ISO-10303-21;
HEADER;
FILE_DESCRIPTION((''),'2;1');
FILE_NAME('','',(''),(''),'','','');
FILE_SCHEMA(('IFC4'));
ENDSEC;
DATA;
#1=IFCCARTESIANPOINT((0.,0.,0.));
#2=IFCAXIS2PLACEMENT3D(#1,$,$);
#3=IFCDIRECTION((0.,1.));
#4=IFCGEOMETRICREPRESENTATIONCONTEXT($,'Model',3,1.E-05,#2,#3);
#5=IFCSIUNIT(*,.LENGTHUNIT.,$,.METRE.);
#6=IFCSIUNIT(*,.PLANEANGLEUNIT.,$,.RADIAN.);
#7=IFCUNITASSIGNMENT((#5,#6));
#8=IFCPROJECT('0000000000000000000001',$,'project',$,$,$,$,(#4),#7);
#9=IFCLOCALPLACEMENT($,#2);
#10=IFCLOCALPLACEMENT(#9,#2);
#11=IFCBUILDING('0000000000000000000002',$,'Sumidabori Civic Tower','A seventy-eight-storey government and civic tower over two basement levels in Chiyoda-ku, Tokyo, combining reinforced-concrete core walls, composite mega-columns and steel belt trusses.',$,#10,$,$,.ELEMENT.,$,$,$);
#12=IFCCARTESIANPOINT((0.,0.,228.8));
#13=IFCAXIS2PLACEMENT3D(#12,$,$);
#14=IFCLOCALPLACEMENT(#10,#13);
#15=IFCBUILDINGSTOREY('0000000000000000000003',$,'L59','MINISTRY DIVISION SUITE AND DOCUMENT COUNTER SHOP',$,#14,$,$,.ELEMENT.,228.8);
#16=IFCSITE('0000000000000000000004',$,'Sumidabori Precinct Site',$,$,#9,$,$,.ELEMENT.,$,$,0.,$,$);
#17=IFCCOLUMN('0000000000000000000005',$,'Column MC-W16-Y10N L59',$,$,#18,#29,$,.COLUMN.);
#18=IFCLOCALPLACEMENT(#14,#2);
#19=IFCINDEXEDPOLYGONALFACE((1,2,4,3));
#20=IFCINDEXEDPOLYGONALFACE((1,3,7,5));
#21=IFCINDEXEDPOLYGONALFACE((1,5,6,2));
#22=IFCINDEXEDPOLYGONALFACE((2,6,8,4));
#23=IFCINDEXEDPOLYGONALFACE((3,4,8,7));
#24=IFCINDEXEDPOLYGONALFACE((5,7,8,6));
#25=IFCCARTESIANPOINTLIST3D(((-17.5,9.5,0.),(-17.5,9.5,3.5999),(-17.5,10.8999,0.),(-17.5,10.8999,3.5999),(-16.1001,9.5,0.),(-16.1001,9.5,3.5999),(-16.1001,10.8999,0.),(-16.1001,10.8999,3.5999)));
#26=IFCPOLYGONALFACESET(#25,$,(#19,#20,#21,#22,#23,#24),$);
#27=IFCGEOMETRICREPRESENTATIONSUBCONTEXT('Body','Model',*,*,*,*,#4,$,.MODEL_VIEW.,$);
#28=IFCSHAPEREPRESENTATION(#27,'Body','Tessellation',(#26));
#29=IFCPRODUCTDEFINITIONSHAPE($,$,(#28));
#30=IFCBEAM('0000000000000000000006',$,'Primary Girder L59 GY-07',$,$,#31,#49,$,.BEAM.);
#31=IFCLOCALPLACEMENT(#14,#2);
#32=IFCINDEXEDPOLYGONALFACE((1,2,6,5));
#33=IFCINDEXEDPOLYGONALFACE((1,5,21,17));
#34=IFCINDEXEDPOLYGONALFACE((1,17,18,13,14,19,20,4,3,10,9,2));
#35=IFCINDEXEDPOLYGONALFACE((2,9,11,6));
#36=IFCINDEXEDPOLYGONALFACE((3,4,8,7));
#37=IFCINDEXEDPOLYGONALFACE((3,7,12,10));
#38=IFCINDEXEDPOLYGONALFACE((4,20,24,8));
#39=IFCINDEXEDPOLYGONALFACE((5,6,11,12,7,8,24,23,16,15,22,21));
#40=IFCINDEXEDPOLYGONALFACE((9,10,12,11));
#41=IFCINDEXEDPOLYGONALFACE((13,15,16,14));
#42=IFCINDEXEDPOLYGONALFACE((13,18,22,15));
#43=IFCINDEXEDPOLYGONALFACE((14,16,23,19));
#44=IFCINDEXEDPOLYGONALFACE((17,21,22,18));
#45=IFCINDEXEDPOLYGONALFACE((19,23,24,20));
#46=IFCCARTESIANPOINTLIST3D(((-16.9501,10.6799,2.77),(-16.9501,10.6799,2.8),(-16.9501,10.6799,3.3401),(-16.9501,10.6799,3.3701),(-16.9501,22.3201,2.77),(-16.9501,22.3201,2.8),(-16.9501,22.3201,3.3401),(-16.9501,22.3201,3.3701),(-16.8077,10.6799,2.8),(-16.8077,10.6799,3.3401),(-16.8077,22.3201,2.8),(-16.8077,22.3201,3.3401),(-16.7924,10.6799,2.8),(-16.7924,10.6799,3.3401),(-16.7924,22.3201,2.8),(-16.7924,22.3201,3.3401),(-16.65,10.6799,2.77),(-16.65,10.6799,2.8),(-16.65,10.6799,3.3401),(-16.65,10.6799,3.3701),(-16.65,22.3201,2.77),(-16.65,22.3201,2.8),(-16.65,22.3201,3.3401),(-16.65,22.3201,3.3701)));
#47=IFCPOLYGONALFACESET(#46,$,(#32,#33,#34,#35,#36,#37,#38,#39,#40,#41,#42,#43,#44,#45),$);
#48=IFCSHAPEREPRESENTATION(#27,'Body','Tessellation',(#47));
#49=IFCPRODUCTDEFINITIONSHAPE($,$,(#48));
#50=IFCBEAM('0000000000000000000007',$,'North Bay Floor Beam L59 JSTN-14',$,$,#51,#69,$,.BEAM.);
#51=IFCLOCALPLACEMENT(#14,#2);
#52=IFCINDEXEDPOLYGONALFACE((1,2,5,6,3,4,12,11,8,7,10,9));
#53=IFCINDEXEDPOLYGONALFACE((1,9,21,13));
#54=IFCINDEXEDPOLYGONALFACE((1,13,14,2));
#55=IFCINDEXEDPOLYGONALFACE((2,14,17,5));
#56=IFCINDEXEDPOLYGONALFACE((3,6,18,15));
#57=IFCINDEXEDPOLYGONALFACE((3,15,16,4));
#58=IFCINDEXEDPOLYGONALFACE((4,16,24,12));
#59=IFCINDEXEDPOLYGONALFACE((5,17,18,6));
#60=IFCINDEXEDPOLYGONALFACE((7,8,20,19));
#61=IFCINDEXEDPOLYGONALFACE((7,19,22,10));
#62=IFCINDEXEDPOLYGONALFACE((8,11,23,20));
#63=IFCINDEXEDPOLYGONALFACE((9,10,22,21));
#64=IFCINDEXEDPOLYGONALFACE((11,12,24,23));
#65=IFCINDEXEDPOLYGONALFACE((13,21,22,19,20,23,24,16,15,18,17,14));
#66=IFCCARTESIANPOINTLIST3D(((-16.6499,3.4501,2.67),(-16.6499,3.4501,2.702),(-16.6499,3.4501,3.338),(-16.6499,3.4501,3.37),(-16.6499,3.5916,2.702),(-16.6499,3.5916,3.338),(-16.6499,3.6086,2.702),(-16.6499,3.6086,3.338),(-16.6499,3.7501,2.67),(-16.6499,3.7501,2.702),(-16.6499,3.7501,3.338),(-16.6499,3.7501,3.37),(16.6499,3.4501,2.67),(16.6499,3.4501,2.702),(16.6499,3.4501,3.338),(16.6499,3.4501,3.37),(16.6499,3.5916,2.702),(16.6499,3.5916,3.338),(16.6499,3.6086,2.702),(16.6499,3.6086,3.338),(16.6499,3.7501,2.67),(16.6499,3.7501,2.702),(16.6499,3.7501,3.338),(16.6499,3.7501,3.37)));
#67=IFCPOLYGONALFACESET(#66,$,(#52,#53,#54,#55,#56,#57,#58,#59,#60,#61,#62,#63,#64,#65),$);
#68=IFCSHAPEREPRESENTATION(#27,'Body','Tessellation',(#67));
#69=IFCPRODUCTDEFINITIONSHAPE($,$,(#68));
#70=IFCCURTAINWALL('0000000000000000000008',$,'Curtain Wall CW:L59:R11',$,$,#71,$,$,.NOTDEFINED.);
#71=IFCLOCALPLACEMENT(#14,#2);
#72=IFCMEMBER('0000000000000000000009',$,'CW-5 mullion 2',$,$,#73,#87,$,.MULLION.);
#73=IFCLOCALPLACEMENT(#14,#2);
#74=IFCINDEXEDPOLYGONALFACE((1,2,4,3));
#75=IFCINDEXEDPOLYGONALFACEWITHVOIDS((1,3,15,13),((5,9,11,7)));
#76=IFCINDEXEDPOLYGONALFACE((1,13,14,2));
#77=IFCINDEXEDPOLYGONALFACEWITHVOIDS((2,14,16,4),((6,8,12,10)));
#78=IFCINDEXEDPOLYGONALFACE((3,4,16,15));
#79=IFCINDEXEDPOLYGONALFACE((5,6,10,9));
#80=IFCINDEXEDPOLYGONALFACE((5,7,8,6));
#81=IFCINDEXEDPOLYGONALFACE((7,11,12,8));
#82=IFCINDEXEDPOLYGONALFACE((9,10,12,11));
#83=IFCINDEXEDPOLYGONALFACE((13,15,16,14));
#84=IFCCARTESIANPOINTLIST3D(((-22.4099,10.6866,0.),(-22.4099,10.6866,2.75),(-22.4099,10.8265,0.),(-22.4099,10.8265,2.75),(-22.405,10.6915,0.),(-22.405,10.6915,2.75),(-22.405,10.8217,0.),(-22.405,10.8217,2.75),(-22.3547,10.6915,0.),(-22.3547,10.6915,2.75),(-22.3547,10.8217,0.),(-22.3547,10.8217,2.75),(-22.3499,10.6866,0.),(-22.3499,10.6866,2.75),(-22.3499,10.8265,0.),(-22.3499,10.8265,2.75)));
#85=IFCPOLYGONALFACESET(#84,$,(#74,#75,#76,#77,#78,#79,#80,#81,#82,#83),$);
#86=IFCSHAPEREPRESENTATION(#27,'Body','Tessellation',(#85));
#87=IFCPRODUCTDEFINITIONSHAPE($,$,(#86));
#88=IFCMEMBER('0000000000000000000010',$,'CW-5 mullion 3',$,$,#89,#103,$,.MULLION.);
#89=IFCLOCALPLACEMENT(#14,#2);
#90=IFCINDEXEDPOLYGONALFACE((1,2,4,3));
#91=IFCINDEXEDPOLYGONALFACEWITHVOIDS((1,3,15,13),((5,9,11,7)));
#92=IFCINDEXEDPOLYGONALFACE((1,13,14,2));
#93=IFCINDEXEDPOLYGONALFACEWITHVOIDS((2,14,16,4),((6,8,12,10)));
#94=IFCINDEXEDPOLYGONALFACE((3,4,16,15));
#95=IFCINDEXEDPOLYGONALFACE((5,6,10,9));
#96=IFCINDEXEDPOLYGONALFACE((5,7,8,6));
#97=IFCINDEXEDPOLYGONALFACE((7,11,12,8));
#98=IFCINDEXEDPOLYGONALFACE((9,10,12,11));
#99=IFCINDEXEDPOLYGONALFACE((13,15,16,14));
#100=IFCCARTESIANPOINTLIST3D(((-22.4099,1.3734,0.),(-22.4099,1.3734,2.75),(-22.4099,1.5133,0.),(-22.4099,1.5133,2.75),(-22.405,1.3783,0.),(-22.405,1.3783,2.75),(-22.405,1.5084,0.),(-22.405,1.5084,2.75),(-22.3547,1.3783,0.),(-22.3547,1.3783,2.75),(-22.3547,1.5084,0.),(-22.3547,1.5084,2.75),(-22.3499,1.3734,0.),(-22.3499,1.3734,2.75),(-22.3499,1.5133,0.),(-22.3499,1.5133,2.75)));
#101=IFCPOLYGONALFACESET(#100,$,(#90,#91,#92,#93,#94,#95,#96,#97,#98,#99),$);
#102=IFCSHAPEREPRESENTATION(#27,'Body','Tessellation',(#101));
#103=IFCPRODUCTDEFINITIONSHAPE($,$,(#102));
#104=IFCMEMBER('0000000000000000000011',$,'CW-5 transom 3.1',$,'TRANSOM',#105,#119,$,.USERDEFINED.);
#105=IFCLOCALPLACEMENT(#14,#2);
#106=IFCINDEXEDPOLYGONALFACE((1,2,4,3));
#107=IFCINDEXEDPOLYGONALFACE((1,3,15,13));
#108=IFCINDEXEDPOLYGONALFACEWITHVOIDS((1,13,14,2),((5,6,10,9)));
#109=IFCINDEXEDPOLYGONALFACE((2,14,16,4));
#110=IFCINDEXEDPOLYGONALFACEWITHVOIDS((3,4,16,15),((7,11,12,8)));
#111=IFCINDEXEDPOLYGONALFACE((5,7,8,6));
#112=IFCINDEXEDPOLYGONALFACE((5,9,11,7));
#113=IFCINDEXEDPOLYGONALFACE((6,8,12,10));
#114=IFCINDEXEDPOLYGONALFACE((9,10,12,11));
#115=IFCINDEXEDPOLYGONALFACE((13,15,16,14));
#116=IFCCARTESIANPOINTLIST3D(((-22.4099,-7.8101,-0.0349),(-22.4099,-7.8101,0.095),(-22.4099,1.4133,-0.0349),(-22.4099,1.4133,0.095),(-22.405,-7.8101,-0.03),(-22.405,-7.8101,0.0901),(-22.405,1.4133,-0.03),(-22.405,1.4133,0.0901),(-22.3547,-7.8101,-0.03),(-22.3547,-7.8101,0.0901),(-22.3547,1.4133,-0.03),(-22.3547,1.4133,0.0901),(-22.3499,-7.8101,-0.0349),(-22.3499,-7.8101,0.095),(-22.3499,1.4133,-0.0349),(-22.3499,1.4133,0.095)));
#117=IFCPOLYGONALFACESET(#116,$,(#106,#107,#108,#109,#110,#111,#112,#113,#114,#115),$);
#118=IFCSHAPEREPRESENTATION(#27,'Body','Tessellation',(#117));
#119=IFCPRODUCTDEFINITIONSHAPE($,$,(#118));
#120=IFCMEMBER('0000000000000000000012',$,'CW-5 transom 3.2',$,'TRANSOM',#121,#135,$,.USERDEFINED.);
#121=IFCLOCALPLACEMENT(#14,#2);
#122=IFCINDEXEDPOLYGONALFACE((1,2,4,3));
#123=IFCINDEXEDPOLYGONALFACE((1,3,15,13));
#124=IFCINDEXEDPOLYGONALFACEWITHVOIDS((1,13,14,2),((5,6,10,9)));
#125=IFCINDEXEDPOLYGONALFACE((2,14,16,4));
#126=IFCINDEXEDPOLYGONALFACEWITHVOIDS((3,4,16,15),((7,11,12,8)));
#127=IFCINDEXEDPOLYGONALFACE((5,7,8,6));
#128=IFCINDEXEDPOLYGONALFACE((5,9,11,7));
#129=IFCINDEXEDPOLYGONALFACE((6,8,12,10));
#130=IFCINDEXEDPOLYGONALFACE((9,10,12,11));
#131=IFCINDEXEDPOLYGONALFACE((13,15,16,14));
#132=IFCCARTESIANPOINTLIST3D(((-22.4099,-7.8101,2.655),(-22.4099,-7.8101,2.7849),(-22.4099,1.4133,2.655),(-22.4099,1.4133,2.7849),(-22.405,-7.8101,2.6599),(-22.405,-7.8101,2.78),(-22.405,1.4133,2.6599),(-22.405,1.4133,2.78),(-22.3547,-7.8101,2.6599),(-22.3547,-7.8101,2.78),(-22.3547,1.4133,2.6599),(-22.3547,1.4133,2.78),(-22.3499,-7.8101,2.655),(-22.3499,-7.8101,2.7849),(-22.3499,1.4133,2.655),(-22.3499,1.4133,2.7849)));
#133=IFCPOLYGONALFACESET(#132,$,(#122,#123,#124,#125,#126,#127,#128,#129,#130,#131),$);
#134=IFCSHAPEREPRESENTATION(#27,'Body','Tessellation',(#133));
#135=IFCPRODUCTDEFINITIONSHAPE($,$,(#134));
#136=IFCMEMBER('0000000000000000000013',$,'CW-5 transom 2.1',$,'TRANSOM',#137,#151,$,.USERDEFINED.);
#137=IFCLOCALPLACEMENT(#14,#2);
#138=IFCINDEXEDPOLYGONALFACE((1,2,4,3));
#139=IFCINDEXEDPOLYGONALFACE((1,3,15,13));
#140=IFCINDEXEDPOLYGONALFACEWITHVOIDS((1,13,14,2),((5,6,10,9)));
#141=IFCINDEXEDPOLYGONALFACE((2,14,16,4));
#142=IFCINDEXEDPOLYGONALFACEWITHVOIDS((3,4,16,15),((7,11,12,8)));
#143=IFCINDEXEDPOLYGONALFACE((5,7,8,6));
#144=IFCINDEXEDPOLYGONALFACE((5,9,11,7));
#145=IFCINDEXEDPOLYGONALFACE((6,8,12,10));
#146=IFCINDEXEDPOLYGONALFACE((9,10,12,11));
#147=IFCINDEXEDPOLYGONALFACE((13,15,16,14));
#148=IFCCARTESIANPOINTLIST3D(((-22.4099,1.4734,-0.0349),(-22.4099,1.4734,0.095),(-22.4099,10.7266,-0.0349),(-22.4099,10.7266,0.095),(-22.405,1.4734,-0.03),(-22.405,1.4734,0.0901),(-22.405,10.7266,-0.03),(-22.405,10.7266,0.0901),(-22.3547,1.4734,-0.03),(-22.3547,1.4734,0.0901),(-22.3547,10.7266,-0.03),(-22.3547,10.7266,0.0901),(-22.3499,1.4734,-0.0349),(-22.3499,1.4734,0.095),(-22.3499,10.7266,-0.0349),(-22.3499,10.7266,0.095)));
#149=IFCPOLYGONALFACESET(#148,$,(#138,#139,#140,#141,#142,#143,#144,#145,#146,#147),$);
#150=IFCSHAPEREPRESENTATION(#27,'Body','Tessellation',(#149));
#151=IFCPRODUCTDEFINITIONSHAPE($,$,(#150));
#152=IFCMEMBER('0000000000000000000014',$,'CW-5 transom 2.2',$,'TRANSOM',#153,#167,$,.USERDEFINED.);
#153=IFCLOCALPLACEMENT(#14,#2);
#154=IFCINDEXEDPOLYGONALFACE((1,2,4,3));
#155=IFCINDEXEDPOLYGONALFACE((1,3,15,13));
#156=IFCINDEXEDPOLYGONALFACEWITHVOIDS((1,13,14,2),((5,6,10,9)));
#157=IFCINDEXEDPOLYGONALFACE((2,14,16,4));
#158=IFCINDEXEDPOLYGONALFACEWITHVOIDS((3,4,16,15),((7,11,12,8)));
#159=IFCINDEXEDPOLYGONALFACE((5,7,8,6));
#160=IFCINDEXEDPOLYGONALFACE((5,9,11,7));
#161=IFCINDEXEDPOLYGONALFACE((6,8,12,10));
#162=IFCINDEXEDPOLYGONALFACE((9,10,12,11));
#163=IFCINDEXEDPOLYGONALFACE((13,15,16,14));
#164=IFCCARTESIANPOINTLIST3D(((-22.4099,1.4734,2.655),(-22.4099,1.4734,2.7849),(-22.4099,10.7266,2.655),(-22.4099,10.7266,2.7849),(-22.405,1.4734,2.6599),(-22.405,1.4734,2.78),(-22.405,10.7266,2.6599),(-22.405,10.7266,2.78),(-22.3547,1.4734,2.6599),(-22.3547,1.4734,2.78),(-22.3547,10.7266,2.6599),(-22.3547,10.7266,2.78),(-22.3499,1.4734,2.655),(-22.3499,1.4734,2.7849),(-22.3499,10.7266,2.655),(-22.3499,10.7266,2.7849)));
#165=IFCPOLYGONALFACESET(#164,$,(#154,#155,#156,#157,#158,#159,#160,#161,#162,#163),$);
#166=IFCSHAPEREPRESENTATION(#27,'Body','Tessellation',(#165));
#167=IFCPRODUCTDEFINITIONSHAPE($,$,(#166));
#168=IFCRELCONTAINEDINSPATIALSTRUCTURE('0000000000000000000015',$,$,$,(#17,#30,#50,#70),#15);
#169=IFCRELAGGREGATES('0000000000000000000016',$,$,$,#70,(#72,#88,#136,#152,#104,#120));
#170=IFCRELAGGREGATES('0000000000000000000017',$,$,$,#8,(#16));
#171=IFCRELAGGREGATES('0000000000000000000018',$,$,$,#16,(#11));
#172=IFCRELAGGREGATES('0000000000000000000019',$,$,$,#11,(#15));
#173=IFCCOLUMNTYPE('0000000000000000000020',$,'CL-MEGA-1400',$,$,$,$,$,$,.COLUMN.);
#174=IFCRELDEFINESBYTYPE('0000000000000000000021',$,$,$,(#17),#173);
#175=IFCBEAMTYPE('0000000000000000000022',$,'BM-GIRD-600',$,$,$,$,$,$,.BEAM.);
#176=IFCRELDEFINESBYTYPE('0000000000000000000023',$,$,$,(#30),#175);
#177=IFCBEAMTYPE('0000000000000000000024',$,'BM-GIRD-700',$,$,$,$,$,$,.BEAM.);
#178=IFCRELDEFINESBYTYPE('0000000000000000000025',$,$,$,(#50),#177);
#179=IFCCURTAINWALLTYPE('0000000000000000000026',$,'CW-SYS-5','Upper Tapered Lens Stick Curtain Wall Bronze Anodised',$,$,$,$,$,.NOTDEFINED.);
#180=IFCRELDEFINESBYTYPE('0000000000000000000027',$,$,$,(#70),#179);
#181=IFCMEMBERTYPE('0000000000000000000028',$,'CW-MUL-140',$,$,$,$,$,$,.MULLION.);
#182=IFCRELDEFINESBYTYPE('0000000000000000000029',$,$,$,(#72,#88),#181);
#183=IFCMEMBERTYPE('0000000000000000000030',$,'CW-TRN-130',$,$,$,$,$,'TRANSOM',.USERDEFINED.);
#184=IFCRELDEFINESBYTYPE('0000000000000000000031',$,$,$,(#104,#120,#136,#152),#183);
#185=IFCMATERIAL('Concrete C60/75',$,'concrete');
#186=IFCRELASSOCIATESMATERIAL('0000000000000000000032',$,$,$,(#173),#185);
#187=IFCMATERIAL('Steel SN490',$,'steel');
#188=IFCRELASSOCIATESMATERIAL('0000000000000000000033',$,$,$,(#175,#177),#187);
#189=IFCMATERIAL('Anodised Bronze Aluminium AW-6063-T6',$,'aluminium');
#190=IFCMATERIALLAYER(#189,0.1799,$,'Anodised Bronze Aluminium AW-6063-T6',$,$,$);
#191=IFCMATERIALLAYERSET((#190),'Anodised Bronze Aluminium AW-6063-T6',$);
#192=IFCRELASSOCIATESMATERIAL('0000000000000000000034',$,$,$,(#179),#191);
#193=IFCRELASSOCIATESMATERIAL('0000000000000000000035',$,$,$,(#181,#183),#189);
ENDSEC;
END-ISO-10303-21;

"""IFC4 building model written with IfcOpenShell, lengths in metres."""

from ifc_helpers import new_model, si_unit, direction, frame, origin, origin_2d, place, context, subcontext, project, spatial, rectangle, hollow_rectangle, i_section, extrude, source, transform, mapped, material, layer, layer_set, material_profile, profile_set, type_object, element, aggregate, save


model = new_model("IFC4")

# Units and contexts
model_context = context("Model", 3, precision=1e-05, world=origin(), true_north=direction((0.0, 1.0)))
body_context = subcontext(model_context, "Body", "Model", "MODEL_VIEW")
ifc_project = project(units=[si_unit("LENGTHUNIT", "METRE"), si_unit("PLANEANGLEUNIT", "RADIAN")], contexts=[model_context])

# Site, building, storey
site_placement = place(None, origin())
site = spatial("IfcSite", under=ifc_project, at=site_placement, Name="Sumidabori Precinct Site", CompositionType="ELEMENT", RefElevation=0.0)
building_placement = place(site_placement, origin())
building = spatial("IfcBuilding", under=site, at=building_placement, Name="Sumidabori Civic Tower", Description="A seventy-eight-storey government and civic tower over two basement levels in Chiyoda-ku, Tokyo, combining reinforced-concrete core walls, composite mega-columns and steel belt trusses.", CompositionType="ELEMENT")
storey_placement = place(building_placement, frame((0.0, 0.0, 228.8)))
storey = spatial("IfcBuildingStorey", under=building, at=storey_placement, Name="L59", Description="MINISTRY DIVISION SUITE AND DOCUMENT COUNTER SHOP", CompositionType="ELEMENT", Elevation=228.8)

# Column
ifc_material_1 = material(Name="Concrete C60/75", Category="concrete")
ifc_material_profile_1 = material_profile(ifc_material_1, rectangle(XDim=1.3999, YDim=1.3999, at=origin_2d()), Name="RC 1400x1400")
ifc_profile_set_1 = profile_set([ifc_material_profile_1], Name="Concrete C60/75")
column_type = type_object("IfcColumnType", Name="CL-MEGA-1400", PredefinedType="COLUMN", material=ifc_profile_set_1)
shared_shape_1 = source(origin(), body_context, "Body", "SweptSolid", [
    extrude(rectangle(XDim=1.3999, YDim=1.3999, at=origin_2d()), origin(), (0.0, 0.0, 1.0), 3.5999),
])
column_placement = place(storey_placement, frame((-16.8, 10.2, 0.0), z_axis=(0.0, 0.0, 1.0), x_axis=(1.0, 0.0, 0.0)))
element("IfcColumn", 1, at=column_placement, inside=storey, type_object=column_type, Name="Column MC-W16-Y10N L59", PredefinedType="COLUMN", context=body_context, shape_type="MappedRepresentation", body=[
    mapped(shared_shape_1, transform((0.0, 0.0, 0.0), x_axis=(1.0, 0.0, 0.0), y_axis=(0.0, 1.0, 0.0), z_axis=(0.0, 0.0, 1.0), scale=1.0)),
])

# Beams
ifc_material_2 = material(Name="Steel SN490", Category="steel")
ifc_material_profile_2 = material_profile(ifc_material_2, i_section(OverallWidth=0.3, OverallDepth=0.6001, WebThickness=0.0154, FlangeThickness=0.03, at=origin_2d()), Name="HE 600 B")
ifc_profile_set_2 = profile_set([ifc_material_profile_2], Name="Steel SN490")
beam_type_1 = type_object("IfcBeamType", Name="BM-GIRD-600", PredefinedType="BEAM", material=ifc_profile_set_2)
shared_shape_2 = source(origin(), body_context, "Body", "SweptSolid", [
    extrude(i_section(OverallWidth=0.3, OverallDepth=0.6001, WebThickness=0.0154, FlangeThickness=0.03, at=origin_2d()), origin(), (0.0, 0.0, 1.0), 11.6401),
])
beam_1_placement = place(storey_placement, frame((-16.8, 10.6799, 3.0701), z_axis=(0.0, 1.0, 0.0), x_axis=(-1.0, 0.0, 0.0)))
element("IfcBeam", 2, at=beam_1_placement, inside=storey, type_object=beam_type_1, Name="Primary Girder L59 GY-07", PredefinedType="BEAM", context=body_context, shape_type="MappedRepresentation", body=[
    mapped(shared_shape_2, transform((0.0, 0.0, 0.0), x_axis=(1.0, 0.0, 0.0), y_axis=(0.0, 1.0, 0.0), z_axis=(0.0, 0.0, 1.0), scale=1.0)),
])
ifc_material_profile_3 = material_profile(ifc_material_2, i_section(OverallWidth=0.3, OverallDepth=0.7, WebThickness=0.0171, FlangeThickness=0.032, at=origin_2d()), Name="HE 700 B")
ifc_profile_set_3 = profile_set([ifc_material_profile_3], Name="Steel SN490")
beam_type_2 = type_object("IfcBeamType", Name="BM-GIRD-700", PredefinedType="BEAM", material=ifc_profile_set_3)
shared_shape_3 = source(origin(), body_context, "Body", "SweptSolid", [
    extrude(i_section(OverallWidth=0.3, OverallDepth=0.7, WebThickness=0.0171, FlangeThickness=0.032, at=origin_2d()), origin(), (0.0, 0.0, 1.0), 33.2998),
])
beam_2_placement = place(storey_placement, frame((-16.6499, 3.6001, 3.02), z_axis=(1.0, 0.0, 0.0), x_axis=(0.0, 1.0, 0.0)))
element("IfcBeam", 3, at=beam_2_placement, inside=storey, type_object=beam_type_2, Name="North Bay Floor Beam L59 JSTN-14", PredefinedType="BEAM", context=body_context, shape_type="MappedRepresentation", body=[
    mapped(shared_shape_3, transform((0.0, 0.0, 0.0), x_axis=(1.0, 0.0, 0.0), y_axis=(0.0, 1.0, 0.0), z_axis=(0.0, 0.0, 1.0), scale=1.0)),
])

# Curtain wall, members
ifc_material_3 = material(Name="Anodised Bronze Aluminium AW-6063-T6", Category="aluminium")
ifc_layer_1 = layer(ifc_material_3, 0.1799, Name="Anodised Bronze Aluminium AW-6063-T6")
ifc_layer_set_1 = layer_set([ifc_layer_1], Name="Anodised Bronze Aluminium AW-6063-T6")
curtain_wall_type = type_object("IfcCurtainWallType", Name="CW-SYS-5", Description="Upper Tapered Lens Stick Curtain Wall Bronze Anodised", PredefinedType="NOTDEFINED", material=ifc_layer_set_1)
curtain_wall_placement = place(storey_placement, origin())
curtain_wall = element("IfcCurtainWall", 4, at=curtain_wall_placement, inside=storey, type_object=curtain_wall_type, Name="Curtain Wall CW:L59:R11", PredefinedType="NOTDEFINED")
ifc_material_profile_4 = material_profile(ifc_material_3, hollow_rectangle(XDim=0.0601, YDim=0.1399, WallThickness=0.0049, at=origin_2d()), Name="ALU MULLION 140x60")
ifc_profile_set_4 = profile_set([ifc_material_profile_4], Name="Anodised Bronze Aluminium AW-6063-T6")
member_type_1 = type_object("IfcMemberType", Name="CW-MUL-140", PredefinedType="MULLION", material=ifc_profile_set_4)
shared_shape_4 = source(origin(), body_context, "Body", "SweptSolid", [
    extrude(hollow_rectangle(XDim=0.0601, YDim=0.1399, WallThickness=0.0049, at=origin_2d()), origin(), (0.0, 0.0, 1.0), 2.75),
])
member_1_placement = place(storey_placement, frame((-22.3799, 10.7566, 0.0), z_axis=(0.0, 0.0, 1.0), x_axis=(1.0, 0.0, 0.0)))
member_1 = element("IfcMember", 5, at=member_1_placement, type_object=member_type_1, Name="CW-5 mullion 2", PredefinedType="MULLION", context=body_context, shape_type="MappedRepresentation", body=[
    mapped(shared_shape_4, transform((0.0, 0.0, 0.0), x_axis=(1.0, 0.0, 0.0), y_axis=(0.0, 1.0, 0.0), z_axis=(0.0, 0.0, 1.0), scale=1.0)),
])
member_2_placement = place(storey_placement, frame((-22.3799, 1.4434, 0.0), z_axis=(0.0, 0.0, 1.0), x_axis=(1.0, 0.0, 0.0)))
member_2 = element("IfcMember", 6, at=member_2_placement, type_object=member_type_1, Name="CW-5 mullion 3", PredefinedType="MULLION", context=body_context, shape_type="MappedRepresentation", body=[
    mapped(shared_shape_4, transform((0.0, 0.0, 0.0), x_axis=(1.0, 0.0, 0.0), y_axis=(0.0, 1.0, 0.0), z_axis=(0.0, 0.0, 1.0), scale=1.0)),
])
ifc_material_profile_5 = material_profile(ifc_material_3, hollow_rectangle(XDim=0.0601, YDim=0.1299, WallThickness=0.0049, at=origin_2d()), Name="ALU TRANSOM 130x60")
ifc_profile_set_5 = profile_set([ifc_material_profile_5], Name="Anodised Bronze Aluminium AW-6063-T6")
member_type_2 = type_object("IfcMemberType", Name="CW-TRN-130", ElementType="TRANSOM", PredefinedType="USERDEFINED", material=ifc_profile_set_5)
shared_shape_5 = source(origin(), body_context, "Body", "SweptSolid", [
    extrude(hollow_rectangle(XDim=0.0601, YDim=0.1299, WallThickness=0.0049, at=origin_2d()), origin(), (0.0, 0.0, 1.0), 9.2234),
])
member_3_placement = place(storey_placement, frame((-22.3799, 1.4133, 0.03), z_axis=(0.0, -1.0, 0.0), x_axis=(1.0, 0.0, 0.0)))
member_3 = element("IfcMember", 7, at=member_3_placement, type_object=member_type_2, Name="CW-5 transom 3.1", ObjectType="TRANSOM", PredefinedType="USERDEFINED", context=body_context, shape_type="MappedRepresentation", body=[
    mapped(shared_shape_5, transform((0.0, 0.0, 0.0), x_axis=(1.0, 0.0, 0.0), y_axis=(0.0, 1.0, 0.0), z_axis=(0.0, 0.0, 1.0), scale=1.0)),
])
member_4_placement = place(storey_placement, frame((-22.3799, 1.4133, 2.72), z_axis=(0.0, -1.0, 0.0), x_axis=(1.0, 0.0, 0.0)))
member_4 = element("IfcMember", 8, at=member_4_placement, type_object=member_type_2, Name="CW-5 transom 3.2", ObjectType="TRANSOM", PredefinedType="USERDEFINED", context=body_context, shape_type="MappedRepresentation", body=[
    mapped(shared_shape_5, transform((0.0, 0.0, 0.0), x_axis=(1.0, 0.0, 0.0), y_axis=(0.0, 1.0, 0.0), z_axis=(0.0, 0.0, 1.0), scale=1.0)),
])
shared_shape_6 = source(origin(), body_context, "Body", "SweptSolid", [
    extrude(hollow_rectangle(XDim=0.0601, YDim=0.1299, WallThickness=0.0049, at=origin_2d()), origin(), (0.0, 0.0, 1.0), 9.2532),
])
member_5_placement = place(storey_placement, frame((-22.3799, 10.7266, 0.03), z_axis=(0.0, -1.0, 0.0), x_axis=(1.0, 0.0, 0.0)))
member_5 = element("IfcMember", 9, at=member_5_placement, type_object=member_type_2, Name="CW-5 transom 2.1", ObjectType="TRANSOM", PredefinedType="USERDEFINED", context=body_context, shape_type="MappedRepresentation", body=[
    mapped(shared_shape_6, transform((0.0, 0.0, 0.0), x_axis=(1.0, 0.0, 0.0), y_axis=(0.0, 1.0, 0.0), z_axis=(0.0, 0.0, 1.0), scale=1.0)),
])
member_6_placement = place(storey_placement, frame((-22.3799, 10.7266, 2.72), z_axis=(0.0, -1.0, 0.0), x_axis=(1.0, 0.0, 0.0)))
member_6 = element("IfcMember", 10, at=member_6_placement, type_object=member_type_2, Name="CW-5 transom 2.2", ObjectType="TRANSOM", PredefinedType="USERDEFINED", context=body_context, shape_type="MappedRepresentation", body=[
    mapped(shared_shape_6, transform((0.0, 0.0, 0.0), x_axis=(1.0, 0.0, 0.0), y_axis=(0.0, 1.0, 0.0), z_axis=(0.0, 0.0, 1.0), scale=1.0)),
])
aggregate(curtain_wall, [member_1, member_2, member_5, member_6, member_3, member_4])

save(model, "model.ifc")
